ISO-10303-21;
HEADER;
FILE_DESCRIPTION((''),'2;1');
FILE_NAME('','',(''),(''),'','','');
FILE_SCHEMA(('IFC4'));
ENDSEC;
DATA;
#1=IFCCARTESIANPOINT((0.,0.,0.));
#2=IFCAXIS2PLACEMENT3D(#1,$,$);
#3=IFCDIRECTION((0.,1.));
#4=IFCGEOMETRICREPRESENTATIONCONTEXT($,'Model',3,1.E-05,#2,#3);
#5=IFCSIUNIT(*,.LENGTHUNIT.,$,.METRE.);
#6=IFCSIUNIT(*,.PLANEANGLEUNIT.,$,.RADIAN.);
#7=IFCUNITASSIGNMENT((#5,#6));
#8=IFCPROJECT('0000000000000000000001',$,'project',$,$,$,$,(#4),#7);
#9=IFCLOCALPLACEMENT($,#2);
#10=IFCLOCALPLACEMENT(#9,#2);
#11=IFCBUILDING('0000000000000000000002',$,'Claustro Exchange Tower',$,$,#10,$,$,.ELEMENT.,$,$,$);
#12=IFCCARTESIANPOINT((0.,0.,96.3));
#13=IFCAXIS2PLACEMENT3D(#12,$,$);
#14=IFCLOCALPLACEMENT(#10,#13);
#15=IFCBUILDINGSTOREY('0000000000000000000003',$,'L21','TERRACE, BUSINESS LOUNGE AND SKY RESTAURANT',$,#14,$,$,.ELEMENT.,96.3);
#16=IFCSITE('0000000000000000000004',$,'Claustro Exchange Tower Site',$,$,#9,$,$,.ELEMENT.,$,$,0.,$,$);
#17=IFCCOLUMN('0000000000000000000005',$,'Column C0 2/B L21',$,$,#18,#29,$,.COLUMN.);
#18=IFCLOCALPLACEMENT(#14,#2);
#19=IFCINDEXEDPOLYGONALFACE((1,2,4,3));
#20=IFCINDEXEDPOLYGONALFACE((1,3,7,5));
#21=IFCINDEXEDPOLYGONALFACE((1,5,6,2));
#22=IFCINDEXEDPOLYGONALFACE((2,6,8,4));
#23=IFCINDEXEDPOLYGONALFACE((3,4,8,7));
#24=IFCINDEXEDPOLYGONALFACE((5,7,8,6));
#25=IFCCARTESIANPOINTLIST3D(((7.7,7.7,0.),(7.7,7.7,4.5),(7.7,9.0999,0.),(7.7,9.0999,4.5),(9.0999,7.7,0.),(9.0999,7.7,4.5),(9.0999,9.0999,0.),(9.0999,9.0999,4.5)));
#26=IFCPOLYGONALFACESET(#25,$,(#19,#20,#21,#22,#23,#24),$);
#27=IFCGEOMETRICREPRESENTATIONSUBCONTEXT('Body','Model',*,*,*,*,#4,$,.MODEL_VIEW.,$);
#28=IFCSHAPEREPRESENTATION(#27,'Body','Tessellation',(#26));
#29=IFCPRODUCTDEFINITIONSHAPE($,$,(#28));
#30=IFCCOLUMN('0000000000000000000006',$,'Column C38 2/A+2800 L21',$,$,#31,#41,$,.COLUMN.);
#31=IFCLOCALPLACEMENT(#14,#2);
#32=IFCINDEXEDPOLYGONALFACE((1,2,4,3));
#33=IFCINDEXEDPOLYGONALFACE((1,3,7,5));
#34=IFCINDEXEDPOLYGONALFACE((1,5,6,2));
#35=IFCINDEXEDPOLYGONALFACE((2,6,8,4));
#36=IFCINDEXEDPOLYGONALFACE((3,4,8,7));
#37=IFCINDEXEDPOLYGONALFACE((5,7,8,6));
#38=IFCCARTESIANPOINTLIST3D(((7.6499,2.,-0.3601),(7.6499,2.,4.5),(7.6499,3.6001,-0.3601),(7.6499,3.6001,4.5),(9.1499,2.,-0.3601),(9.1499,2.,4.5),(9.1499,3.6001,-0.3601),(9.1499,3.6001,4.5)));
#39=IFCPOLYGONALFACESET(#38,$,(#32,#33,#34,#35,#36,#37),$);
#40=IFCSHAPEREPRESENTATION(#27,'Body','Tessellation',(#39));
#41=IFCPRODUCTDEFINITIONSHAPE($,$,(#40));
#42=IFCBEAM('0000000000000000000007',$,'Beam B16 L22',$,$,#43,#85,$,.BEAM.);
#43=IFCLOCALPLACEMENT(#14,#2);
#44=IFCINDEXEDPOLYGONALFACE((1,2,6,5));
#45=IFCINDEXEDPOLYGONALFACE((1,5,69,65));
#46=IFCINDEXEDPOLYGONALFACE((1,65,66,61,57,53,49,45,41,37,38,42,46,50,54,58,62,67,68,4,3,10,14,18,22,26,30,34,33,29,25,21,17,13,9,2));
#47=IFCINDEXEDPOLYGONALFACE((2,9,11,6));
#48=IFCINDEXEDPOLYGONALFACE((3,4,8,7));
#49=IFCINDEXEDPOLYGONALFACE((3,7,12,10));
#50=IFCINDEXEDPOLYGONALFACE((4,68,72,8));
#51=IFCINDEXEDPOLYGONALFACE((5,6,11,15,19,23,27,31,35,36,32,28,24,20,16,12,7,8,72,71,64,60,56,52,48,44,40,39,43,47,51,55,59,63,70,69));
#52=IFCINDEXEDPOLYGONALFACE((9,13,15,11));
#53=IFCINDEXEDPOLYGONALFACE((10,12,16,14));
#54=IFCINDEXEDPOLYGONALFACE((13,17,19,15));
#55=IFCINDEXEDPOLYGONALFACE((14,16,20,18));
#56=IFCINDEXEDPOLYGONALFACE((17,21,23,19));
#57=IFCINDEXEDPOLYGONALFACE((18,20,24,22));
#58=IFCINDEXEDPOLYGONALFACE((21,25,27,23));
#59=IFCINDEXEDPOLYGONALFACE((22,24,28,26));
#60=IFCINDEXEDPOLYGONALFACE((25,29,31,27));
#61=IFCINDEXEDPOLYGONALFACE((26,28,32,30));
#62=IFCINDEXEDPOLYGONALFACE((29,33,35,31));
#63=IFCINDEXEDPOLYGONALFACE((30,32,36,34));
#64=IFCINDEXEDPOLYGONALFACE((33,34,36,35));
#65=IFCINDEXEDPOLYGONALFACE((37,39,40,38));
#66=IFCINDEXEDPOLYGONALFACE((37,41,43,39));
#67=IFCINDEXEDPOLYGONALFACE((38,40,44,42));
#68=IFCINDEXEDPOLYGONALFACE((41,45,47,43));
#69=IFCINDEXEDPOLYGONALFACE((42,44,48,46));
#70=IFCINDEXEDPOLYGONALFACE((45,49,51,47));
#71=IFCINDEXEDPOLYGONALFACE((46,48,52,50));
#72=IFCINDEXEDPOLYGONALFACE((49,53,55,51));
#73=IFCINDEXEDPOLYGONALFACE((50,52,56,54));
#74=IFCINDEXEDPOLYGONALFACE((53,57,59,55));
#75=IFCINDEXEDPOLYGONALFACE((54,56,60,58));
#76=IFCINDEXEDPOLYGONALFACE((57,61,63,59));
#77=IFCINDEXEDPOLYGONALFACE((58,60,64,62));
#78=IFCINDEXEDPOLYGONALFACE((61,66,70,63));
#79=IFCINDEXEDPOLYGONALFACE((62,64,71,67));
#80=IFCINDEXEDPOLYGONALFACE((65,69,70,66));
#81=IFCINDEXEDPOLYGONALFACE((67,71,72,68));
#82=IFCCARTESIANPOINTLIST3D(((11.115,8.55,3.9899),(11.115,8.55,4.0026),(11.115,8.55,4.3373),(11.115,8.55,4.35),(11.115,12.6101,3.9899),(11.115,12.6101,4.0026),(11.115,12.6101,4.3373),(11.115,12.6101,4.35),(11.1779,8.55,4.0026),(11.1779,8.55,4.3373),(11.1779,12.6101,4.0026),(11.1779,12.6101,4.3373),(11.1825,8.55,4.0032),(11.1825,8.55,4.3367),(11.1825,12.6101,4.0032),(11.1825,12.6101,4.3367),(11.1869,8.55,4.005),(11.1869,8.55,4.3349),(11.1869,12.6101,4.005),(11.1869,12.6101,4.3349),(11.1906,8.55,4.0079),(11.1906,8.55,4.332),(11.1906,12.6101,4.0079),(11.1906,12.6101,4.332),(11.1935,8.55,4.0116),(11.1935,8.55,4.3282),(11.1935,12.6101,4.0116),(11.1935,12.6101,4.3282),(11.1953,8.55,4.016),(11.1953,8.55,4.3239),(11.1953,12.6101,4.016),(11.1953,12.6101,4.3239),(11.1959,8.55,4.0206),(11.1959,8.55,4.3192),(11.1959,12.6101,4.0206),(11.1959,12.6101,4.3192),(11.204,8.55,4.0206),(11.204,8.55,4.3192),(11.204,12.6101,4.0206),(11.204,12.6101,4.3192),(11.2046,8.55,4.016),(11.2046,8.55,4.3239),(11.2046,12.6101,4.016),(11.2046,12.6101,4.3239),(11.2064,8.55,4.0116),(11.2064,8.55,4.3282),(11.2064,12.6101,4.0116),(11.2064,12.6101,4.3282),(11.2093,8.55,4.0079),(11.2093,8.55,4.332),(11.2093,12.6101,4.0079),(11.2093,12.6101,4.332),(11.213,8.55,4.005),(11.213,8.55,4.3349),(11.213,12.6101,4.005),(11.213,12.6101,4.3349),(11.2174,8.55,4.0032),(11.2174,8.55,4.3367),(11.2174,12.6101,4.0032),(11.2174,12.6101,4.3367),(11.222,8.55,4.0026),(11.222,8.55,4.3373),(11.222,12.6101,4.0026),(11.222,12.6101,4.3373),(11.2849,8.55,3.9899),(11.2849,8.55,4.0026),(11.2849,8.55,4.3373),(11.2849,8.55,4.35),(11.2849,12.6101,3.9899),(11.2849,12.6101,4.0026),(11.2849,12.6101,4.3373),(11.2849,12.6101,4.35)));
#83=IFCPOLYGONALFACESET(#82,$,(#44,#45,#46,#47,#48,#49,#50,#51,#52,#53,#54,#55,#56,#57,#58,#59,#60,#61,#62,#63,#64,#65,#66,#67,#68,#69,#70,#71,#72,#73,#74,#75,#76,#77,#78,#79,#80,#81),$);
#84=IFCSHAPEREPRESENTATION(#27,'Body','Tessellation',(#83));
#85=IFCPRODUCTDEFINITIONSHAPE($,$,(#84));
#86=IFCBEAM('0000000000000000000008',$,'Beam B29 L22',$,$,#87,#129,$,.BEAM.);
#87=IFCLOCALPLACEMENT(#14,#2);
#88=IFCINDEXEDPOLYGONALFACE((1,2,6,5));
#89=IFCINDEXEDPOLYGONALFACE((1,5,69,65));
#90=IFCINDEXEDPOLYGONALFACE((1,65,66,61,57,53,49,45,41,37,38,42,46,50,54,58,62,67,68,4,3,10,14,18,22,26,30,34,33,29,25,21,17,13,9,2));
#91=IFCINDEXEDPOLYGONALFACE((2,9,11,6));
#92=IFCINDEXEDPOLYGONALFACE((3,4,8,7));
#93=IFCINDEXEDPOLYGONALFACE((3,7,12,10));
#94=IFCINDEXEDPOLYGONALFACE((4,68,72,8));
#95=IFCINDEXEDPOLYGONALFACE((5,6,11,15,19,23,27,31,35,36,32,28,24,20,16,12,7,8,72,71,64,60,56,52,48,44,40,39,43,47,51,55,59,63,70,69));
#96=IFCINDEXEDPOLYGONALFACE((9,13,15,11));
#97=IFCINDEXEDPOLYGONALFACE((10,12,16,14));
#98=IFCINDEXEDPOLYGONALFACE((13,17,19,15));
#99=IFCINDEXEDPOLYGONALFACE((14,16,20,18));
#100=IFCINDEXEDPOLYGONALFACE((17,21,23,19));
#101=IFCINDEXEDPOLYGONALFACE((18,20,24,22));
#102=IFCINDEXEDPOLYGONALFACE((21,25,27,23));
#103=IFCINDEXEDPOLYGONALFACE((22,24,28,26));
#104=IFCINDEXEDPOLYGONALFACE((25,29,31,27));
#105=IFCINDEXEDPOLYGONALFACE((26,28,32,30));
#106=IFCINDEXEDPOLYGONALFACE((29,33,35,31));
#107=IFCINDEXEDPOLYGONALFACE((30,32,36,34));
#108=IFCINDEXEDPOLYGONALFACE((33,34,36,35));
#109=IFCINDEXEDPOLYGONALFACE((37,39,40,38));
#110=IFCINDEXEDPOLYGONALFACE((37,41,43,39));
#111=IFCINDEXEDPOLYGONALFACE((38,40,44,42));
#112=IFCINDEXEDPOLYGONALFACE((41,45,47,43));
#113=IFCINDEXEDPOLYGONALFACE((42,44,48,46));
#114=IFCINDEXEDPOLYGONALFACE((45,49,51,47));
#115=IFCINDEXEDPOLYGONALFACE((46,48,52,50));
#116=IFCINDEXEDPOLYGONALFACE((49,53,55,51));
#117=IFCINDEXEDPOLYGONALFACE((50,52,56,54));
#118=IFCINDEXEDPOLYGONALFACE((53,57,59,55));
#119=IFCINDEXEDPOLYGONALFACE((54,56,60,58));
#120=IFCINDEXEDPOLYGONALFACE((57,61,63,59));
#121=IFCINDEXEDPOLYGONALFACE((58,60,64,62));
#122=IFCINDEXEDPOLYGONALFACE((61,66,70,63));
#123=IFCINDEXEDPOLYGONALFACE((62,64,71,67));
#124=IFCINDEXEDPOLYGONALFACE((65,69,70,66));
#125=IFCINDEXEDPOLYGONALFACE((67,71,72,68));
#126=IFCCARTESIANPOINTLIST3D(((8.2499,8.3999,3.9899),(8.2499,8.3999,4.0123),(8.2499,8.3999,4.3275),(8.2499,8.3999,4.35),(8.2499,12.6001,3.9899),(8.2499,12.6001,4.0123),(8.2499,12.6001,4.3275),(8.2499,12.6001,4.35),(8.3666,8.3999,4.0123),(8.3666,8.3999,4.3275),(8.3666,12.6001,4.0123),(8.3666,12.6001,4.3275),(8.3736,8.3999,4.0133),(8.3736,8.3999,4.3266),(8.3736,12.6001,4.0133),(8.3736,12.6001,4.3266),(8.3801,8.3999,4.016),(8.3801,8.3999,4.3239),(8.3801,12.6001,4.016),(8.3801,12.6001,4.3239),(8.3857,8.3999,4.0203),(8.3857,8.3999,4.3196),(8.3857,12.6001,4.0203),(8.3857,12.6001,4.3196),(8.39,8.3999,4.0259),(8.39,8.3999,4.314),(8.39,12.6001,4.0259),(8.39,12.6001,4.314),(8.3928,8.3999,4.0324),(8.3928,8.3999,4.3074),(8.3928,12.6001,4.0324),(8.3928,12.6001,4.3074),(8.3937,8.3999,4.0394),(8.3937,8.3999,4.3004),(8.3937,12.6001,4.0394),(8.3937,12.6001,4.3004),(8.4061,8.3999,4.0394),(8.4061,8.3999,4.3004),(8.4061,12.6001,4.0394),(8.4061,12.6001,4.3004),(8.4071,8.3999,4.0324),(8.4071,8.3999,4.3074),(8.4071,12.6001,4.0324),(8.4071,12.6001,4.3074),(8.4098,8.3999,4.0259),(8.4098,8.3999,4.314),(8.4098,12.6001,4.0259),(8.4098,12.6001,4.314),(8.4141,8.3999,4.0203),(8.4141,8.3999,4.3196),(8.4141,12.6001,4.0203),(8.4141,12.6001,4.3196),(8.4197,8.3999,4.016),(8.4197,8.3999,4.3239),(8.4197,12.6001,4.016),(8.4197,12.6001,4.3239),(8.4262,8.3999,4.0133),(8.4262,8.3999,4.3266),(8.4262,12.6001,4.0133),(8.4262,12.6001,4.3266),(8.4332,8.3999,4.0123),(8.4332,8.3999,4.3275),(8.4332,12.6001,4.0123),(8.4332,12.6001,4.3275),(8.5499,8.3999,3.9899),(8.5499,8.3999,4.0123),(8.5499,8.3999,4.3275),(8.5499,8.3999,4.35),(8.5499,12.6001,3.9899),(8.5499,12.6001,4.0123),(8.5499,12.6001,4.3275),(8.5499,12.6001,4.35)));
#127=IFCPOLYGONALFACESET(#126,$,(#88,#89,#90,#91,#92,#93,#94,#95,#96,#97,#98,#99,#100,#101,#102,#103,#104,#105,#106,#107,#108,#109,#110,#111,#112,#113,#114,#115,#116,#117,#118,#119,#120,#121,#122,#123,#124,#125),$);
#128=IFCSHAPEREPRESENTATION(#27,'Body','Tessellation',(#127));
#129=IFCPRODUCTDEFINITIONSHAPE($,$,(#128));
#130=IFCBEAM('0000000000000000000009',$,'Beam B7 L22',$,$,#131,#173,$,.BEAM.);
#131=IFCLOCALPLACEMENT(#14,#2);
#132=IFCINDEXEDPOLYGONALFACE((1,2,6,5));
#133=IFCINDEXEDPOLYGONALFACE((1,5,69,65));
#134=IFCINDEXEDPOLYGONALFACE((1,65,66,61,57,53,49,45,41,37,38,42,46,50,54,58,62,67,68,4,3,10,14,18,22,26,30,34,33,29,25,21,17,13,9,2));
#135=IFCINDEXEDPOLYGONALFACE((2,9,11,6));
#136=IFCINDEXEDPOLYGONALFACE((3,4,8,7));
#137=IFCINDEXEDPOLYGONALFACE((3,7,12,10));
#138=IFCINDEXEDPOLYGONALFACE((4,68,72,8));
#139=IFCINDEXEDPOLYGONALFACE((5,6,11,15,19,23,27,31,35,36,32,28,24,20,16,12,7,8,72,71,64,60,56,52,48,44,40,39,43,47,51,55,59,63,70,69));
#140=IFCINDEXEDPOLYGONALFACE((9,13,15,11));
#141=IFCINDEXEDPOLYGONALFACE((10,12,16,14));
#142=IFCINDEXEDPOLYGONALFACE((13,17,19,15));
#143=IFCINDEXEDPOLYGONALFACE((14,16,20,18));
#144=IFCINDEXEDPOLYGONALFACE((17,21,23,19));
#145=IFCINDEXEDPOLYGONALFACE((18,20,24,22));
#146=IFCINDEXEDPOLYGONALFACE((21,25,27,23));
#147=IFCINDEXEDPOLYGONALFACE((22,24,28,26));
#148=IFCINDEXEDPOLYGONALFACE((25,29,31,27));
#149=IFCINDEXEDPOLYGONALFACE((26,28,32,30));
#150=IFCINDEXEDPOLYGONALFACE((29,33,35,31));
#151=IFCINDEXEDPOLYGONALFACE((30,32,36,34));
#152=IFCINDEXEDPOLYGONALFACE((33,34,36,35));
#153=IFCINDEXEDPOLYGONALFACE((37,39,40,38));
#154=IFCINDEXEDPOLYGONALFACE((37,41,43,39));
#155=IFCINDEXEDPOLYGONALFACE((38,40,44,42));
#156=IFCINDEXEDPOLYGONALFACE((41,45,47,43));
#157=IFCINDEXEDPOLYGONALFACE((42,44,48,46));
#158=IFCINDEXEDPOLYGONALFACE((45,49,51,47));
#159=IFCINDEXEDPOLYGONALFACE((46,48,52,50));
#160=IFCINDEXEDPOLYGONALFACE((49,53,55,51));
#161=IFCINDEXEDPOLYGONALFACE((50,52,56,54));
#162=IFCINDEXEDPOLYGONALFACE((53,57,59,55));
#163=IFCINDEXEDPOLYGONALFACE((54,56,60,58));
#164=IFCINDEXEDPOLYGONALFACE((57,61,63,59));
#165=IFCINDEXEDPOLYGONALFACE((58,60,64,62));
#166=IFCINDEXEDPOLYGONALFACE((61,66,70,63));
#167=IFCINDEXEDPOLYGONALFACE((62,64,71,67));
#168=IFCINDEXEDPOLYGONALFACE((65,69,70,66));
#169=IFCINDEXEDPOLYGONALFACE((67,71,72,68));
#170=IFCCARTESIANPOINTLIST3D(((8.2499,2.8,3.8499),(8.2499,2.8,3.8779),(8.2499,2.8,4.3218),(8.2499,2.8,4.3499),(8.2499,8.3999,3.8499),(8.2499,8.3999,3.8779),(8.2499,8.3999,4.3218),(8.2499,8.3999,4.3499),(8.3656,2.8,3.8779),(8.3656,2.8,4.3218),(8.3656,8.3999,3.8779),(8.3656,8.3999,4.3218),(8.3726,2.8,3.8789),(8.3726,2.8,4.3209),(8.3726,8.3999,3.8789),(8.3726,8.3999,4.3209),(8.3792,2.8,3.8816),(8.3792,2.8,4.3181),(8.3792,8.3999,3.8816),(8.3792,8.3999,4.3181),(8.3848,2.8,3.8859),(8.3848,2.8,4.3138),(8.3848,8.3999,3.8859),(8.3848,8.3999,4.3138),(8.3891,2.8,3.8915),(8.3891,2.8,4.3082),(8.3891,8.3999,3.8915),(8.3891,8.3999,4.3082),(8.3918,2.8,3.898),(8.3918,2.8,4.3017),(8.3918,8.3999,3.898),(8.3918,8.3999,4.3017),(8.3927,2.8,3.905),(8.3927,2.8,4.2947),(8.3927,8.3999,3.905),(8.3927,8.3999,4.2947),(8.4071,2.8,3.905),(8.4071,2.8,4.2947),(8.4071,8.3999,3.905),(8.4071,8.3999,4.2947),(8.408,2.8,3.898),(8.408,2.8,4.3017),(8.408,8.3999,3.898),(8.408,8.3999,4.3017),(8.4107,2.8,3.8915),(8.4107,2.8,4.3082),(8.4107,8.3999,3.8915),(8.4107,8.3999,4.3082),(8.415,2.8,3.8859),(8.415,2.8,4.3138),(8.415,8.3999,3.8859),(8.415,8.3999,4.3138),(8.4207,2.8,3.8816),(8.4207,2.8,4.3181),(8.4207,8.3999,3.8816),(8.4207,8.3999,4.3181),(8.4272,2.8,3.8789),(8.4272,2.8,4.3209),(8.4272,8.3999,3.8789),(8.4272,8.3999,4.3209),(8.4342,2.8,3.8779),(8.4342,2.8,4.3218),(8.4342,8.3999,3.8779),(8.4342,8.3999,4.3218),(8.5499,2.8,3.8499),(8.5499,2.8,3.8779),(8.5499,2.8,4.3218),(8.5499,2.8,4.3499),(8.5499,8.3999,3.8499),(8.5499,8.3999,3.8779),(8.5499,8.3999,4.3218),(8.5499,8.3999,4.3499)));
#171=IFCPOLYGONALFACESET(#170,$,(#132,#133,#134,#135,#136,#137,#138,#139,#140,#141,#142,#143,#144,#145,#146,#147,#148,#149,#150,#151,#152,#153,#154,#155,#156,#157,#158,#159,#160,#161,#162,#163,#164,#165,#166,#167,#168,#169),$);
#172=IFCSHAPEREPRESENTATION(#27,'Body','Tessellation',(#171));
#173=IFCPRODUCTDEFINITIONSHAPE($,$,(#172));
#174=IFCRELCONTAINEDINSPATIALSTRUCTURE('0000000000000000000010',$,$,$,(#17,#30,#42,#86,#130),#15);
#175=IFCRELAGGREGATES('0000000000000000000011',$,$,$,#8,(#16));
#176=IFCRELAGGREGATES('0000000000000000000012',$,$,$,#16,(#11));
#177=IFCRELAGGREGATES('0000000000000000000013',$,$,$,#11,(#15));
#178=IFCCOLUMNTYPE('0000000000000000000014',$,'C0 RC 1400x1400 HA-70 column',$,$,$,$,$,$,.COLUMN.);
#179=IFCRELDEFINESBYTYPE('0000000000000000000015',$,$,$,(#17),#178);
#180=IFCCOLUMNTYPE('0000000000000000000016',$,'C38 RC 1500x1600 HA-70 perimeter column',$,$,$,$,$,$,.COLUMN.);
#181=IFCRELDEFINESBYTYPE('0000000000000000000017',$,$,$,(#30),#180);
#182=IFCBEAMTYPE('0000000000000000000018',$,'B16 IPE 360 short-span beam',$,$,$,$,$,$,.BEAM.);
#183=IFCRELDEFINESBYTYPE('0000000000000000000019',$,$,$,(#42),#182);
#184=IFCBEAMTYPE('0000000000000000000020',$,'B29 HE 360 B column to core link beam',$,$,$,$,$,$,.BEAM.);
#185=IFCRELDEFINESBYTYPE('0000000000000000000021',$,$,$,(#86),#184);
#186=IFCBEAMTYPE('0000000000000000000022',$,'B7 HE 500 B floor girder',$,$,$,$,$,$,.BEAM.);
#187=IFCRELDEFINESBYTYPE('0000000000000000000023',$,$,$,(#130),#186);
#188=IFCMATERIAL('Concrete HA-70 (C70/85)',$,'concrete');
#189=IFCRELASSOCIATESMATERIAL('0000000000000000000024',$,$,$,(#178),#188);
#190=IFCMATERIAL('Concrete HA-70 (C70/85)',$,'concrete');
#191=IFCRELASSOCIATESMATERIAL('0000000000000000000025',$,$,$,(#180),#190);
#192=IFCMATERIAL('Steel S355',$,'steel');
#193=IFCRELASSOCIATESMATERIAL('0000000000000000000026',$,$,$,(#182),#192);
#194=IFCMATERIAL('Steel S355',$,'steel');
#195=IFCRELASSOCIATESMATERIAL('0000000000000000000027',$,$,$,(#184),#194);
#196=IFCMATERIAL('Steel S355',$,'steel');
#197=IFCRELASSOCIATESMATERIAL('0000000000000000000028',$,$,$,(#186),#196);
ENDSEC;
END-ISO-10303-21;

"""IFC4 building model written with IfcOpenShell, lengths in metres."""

from ifc_helpers import new_model, si_unit, direction, frame, origin, origin_2d, place, context, subcontext, project, spatial, rectangle, i_section, extrude, material, material_profile, profile_set, type_object, element, save


model = new_model("IFC4")

# Units and contexts
model_context = context("Model", 3, precision=1e-05, world=origin(), true_north=direction((0.0, 1.0)))
body_context = subcontext(model_context, "Body", "Model", "MODEL_VIEW")
ifc_project = project(units=[si_unit("LENGTHUNIT", "METRE"), si_unit("PLANEANGLEUNIT", "RADIAN")], contexts=[model_context])

# Site, building, storey
site_placement = place(None, origin())
site = spatial("IfcSite", under=ifc_project, at=site_placement, Name="Claustro Exchange Tower Site", CompositionType="ELEMENT", RefElevation=0.0)
building_placement = place(site_placement, origin())
building = spatial("IfcBuilding", under=site, at=building_placement, Name="Claustro Exchange Tower", CompositionType="ELEMENT")
storey_placement = place(building_placement, frame((0.0, 0.0, 96.3)))
storey = spatial("IfcBuildingStorey", under=building, at=storey_placement, Name="L21", Description="TERRACE, BUSINESS LOUNGE AND SKY RESTAURANT", CompositionType="ELEMENT", Elevation=96.3)

# Columns
ifc_material_1 = material(Name="Concrete HA-70 (C70/85)", Category="concrete")
ifc_material_profile_1 = material_profile(ifc_material_1, rectangle(XDim=1.3999, YDim=1.3999, at=origin_2d()), Name="RC 1400x1400")
ifc_profile_set_1 = profile_set([ifc_material_profile_1], Name="Concrete HA-70 (C70/85)")
column_type_1 = type_object("IfcColumnType", Name="C0 RC 1400x1400 HA-70 column", PredefinedType="COLUMN", material=ifc_profile_set_1)
column_1_placement = place(storey_placement, frame((8.3999, 8.3999, 0.0), z_axis=(0.0, 0.0, 1.0), x_axis=(1.0, 0.0, 0.0)))
element("IfcColumn", 1, at=column_1_placement, inside=storey, type_object=column_type_1, Name="Column C0 2/B L21", PredefinedType="COLUMN", context=body_context, shape_type="SweptSolid", body=[
    extrude(rectangle(XDim=1.3999, YDim=1.3999, at=origin_2d()), origin(), (0.0, 0.0, 1.0), 4.5),
])
ifc_material_2 = material(Name="Concrete HA-70 (C70/85)", Category="concrete")
ifc_material_profile_2 = material_profile(ifc_material_2, rectangle(XDim=1.5, YDim=1.6001, at=origin_2d()), Name="RC 1500x1600")
ifc_profile_set_2 = profile_set([ifc_material_profile_2], Name="Concrete HA-70 (C70/85)")
column_type_2 = type_object("IfcColumnType", Name="C38 RC 1500x1600 HA-70 perimeter column", PredefinedType="COLUMN", material=ifc_profile_set_2)
column_2_placement = place(storey_placement, frame((8.3999, 2.8, -0.3601), z_axis=(0.0, 0.0, 1.0), x_axis=(1.0, 0.0, 0.0)))
element("IfcColumn", 2, at=column_2_placement, inside=storey, type_object=column_type_2, Name="Column C38 2/A+2800 L21", PredefinedType="COLUMN", context=body_context, shape_type="SweptSolid", body=[
    extrude(rectangle(XDim=1.5, YDim=1.6001, at=origin_2d()), origin(), (0.0, 0.0, 1.0), 4.8601),
])

# Beams
ifc_material_3 = material(Name="Steel S355", Category="steel")
ifc_material_profile_3 = material_profile(ifc_material_3, i_section(OverallWidth=0.1699, OverallDepth=0.3601, WebThickness=0.0081, FlangeThickness=0.0127, FilletRadius=0.0181, at=origin_2d()), Name="IPE 360")
ifc_profile_set_3 = profile_set([ifc_material_profile_3], Name="Steel S355")
beam_type_1 = type_object("IfcBeamType", Name="B16 IPE 360 short-span beam", PredefinedType="BEAM", material=ifc_profile_set_3)
beam_1_placement = place(storey_placement, frame((11.2, 8.55, 4.1699), z_axis=(0.0, 1.0, 0.0), x_axis=(-1.0, 0.0, 0.0)))
element("IfcBeam", 3, at=beam_1_placement, inside=storey, type_object=beam_type_1, Name="Beam B16 L22", PredefinedType="BEAM", context=body_context, shape_type="SweptSolid", body=[
    extrude(i_section(OverallWidth=0.1699, OverallDepth=0.3601, WebThickness=0.0081, FlangeThickness=0.0127, FilletRadius=0.0181, at=origin_2d()), origin(), (0.0, 0.0, 1.0), 4.0601),
])
ifc_material_4 = material(Name="Steel S355", Category="steel")
ifc_material_profile_4 = material_profile(ifc_material_4, i_section(OverallWidth=0.3, OverallDepth=0.3601, WebThickness=0.0125, FlangeThickness=0.0225, FilletRadius=0.0271, at=origin_2d()), Name="HE 360 B")
ifc_profile_set_4 = profile_set([ifc_material_profile_4], Name="Steel S355")
beam_type_2 = type_object("IfcBeamType", Name="B29 HE 360 B column to core link beam", PredefinedType="BEAM", material=ifc_profile_set_4)
beam_2_placement = place(storey_placement, frame((8.3999, 8.3999, 4.1699), z_axis=(0.0, 1.0, 0.0), x_axis=(-1.0, 0.0, 0.0)))
element("IfcBeam", 4, at=beam_2_placement, inside=storey, type_object=beam_type_2, Name="Beam B29 L22", PredefinedType="BEAM", context=body_context, shape_type="SweptSolid", body=[
    extrude(i_section(OverallWidth=0.3, OverallDepth=0.3601, WebThickness=0.0125, FlangeThickness=0.0225, FilletRadius=0.0271, at=origin_2d()), origin(), (0.0, 0.0, 1.0), 4.2002),
])
ifc_material_5 = material(Name="Steel S355", Category="steel")
ifc_material_profile_5 = material_profile(ifc_material_5, i_section(OverallWidth=0.3, OverallDepth=0.5, WebThickness=0.0144, FlangeThickness=0.0281, FilletRadius=0.0271, at=origin_2d()), Name="HE 500 B")
ifc_profile_set_5 = profile_set([ifc_material_profile_5], Name="Steel S355")
beam_type_3 = type_object("IfcBeamType", Name="B7 HE 500 B floor girder", PredefinedType="BEAM", material=ifc_profile_set_5)
beam_3_placement = place(storey_placement, frame((8.3999, 2.8, 4.0999), z_axis=(0.0, 1.0, 0.0), x_axis=(-1.0, 0.0, 0.0)))
element("IfcBeam", 5, at=beam_3_placement, inside=storey, type_object=beam_type_3, Name="Beam B7 L22", PredefinedType="BEAM", context=body_context, shape_type="SweptSolid", body=[
    extrude(i_section(OverallWidth=0.3, OverallDepth=0.5, WebThickness=0.0144, FlangeThickness=0.0281, FilletRadius=0.0271, at=origin_2d()), origin(), (0.0, 0.0, 1.0), 5.5999),
])

save(model, "model.ifc")
